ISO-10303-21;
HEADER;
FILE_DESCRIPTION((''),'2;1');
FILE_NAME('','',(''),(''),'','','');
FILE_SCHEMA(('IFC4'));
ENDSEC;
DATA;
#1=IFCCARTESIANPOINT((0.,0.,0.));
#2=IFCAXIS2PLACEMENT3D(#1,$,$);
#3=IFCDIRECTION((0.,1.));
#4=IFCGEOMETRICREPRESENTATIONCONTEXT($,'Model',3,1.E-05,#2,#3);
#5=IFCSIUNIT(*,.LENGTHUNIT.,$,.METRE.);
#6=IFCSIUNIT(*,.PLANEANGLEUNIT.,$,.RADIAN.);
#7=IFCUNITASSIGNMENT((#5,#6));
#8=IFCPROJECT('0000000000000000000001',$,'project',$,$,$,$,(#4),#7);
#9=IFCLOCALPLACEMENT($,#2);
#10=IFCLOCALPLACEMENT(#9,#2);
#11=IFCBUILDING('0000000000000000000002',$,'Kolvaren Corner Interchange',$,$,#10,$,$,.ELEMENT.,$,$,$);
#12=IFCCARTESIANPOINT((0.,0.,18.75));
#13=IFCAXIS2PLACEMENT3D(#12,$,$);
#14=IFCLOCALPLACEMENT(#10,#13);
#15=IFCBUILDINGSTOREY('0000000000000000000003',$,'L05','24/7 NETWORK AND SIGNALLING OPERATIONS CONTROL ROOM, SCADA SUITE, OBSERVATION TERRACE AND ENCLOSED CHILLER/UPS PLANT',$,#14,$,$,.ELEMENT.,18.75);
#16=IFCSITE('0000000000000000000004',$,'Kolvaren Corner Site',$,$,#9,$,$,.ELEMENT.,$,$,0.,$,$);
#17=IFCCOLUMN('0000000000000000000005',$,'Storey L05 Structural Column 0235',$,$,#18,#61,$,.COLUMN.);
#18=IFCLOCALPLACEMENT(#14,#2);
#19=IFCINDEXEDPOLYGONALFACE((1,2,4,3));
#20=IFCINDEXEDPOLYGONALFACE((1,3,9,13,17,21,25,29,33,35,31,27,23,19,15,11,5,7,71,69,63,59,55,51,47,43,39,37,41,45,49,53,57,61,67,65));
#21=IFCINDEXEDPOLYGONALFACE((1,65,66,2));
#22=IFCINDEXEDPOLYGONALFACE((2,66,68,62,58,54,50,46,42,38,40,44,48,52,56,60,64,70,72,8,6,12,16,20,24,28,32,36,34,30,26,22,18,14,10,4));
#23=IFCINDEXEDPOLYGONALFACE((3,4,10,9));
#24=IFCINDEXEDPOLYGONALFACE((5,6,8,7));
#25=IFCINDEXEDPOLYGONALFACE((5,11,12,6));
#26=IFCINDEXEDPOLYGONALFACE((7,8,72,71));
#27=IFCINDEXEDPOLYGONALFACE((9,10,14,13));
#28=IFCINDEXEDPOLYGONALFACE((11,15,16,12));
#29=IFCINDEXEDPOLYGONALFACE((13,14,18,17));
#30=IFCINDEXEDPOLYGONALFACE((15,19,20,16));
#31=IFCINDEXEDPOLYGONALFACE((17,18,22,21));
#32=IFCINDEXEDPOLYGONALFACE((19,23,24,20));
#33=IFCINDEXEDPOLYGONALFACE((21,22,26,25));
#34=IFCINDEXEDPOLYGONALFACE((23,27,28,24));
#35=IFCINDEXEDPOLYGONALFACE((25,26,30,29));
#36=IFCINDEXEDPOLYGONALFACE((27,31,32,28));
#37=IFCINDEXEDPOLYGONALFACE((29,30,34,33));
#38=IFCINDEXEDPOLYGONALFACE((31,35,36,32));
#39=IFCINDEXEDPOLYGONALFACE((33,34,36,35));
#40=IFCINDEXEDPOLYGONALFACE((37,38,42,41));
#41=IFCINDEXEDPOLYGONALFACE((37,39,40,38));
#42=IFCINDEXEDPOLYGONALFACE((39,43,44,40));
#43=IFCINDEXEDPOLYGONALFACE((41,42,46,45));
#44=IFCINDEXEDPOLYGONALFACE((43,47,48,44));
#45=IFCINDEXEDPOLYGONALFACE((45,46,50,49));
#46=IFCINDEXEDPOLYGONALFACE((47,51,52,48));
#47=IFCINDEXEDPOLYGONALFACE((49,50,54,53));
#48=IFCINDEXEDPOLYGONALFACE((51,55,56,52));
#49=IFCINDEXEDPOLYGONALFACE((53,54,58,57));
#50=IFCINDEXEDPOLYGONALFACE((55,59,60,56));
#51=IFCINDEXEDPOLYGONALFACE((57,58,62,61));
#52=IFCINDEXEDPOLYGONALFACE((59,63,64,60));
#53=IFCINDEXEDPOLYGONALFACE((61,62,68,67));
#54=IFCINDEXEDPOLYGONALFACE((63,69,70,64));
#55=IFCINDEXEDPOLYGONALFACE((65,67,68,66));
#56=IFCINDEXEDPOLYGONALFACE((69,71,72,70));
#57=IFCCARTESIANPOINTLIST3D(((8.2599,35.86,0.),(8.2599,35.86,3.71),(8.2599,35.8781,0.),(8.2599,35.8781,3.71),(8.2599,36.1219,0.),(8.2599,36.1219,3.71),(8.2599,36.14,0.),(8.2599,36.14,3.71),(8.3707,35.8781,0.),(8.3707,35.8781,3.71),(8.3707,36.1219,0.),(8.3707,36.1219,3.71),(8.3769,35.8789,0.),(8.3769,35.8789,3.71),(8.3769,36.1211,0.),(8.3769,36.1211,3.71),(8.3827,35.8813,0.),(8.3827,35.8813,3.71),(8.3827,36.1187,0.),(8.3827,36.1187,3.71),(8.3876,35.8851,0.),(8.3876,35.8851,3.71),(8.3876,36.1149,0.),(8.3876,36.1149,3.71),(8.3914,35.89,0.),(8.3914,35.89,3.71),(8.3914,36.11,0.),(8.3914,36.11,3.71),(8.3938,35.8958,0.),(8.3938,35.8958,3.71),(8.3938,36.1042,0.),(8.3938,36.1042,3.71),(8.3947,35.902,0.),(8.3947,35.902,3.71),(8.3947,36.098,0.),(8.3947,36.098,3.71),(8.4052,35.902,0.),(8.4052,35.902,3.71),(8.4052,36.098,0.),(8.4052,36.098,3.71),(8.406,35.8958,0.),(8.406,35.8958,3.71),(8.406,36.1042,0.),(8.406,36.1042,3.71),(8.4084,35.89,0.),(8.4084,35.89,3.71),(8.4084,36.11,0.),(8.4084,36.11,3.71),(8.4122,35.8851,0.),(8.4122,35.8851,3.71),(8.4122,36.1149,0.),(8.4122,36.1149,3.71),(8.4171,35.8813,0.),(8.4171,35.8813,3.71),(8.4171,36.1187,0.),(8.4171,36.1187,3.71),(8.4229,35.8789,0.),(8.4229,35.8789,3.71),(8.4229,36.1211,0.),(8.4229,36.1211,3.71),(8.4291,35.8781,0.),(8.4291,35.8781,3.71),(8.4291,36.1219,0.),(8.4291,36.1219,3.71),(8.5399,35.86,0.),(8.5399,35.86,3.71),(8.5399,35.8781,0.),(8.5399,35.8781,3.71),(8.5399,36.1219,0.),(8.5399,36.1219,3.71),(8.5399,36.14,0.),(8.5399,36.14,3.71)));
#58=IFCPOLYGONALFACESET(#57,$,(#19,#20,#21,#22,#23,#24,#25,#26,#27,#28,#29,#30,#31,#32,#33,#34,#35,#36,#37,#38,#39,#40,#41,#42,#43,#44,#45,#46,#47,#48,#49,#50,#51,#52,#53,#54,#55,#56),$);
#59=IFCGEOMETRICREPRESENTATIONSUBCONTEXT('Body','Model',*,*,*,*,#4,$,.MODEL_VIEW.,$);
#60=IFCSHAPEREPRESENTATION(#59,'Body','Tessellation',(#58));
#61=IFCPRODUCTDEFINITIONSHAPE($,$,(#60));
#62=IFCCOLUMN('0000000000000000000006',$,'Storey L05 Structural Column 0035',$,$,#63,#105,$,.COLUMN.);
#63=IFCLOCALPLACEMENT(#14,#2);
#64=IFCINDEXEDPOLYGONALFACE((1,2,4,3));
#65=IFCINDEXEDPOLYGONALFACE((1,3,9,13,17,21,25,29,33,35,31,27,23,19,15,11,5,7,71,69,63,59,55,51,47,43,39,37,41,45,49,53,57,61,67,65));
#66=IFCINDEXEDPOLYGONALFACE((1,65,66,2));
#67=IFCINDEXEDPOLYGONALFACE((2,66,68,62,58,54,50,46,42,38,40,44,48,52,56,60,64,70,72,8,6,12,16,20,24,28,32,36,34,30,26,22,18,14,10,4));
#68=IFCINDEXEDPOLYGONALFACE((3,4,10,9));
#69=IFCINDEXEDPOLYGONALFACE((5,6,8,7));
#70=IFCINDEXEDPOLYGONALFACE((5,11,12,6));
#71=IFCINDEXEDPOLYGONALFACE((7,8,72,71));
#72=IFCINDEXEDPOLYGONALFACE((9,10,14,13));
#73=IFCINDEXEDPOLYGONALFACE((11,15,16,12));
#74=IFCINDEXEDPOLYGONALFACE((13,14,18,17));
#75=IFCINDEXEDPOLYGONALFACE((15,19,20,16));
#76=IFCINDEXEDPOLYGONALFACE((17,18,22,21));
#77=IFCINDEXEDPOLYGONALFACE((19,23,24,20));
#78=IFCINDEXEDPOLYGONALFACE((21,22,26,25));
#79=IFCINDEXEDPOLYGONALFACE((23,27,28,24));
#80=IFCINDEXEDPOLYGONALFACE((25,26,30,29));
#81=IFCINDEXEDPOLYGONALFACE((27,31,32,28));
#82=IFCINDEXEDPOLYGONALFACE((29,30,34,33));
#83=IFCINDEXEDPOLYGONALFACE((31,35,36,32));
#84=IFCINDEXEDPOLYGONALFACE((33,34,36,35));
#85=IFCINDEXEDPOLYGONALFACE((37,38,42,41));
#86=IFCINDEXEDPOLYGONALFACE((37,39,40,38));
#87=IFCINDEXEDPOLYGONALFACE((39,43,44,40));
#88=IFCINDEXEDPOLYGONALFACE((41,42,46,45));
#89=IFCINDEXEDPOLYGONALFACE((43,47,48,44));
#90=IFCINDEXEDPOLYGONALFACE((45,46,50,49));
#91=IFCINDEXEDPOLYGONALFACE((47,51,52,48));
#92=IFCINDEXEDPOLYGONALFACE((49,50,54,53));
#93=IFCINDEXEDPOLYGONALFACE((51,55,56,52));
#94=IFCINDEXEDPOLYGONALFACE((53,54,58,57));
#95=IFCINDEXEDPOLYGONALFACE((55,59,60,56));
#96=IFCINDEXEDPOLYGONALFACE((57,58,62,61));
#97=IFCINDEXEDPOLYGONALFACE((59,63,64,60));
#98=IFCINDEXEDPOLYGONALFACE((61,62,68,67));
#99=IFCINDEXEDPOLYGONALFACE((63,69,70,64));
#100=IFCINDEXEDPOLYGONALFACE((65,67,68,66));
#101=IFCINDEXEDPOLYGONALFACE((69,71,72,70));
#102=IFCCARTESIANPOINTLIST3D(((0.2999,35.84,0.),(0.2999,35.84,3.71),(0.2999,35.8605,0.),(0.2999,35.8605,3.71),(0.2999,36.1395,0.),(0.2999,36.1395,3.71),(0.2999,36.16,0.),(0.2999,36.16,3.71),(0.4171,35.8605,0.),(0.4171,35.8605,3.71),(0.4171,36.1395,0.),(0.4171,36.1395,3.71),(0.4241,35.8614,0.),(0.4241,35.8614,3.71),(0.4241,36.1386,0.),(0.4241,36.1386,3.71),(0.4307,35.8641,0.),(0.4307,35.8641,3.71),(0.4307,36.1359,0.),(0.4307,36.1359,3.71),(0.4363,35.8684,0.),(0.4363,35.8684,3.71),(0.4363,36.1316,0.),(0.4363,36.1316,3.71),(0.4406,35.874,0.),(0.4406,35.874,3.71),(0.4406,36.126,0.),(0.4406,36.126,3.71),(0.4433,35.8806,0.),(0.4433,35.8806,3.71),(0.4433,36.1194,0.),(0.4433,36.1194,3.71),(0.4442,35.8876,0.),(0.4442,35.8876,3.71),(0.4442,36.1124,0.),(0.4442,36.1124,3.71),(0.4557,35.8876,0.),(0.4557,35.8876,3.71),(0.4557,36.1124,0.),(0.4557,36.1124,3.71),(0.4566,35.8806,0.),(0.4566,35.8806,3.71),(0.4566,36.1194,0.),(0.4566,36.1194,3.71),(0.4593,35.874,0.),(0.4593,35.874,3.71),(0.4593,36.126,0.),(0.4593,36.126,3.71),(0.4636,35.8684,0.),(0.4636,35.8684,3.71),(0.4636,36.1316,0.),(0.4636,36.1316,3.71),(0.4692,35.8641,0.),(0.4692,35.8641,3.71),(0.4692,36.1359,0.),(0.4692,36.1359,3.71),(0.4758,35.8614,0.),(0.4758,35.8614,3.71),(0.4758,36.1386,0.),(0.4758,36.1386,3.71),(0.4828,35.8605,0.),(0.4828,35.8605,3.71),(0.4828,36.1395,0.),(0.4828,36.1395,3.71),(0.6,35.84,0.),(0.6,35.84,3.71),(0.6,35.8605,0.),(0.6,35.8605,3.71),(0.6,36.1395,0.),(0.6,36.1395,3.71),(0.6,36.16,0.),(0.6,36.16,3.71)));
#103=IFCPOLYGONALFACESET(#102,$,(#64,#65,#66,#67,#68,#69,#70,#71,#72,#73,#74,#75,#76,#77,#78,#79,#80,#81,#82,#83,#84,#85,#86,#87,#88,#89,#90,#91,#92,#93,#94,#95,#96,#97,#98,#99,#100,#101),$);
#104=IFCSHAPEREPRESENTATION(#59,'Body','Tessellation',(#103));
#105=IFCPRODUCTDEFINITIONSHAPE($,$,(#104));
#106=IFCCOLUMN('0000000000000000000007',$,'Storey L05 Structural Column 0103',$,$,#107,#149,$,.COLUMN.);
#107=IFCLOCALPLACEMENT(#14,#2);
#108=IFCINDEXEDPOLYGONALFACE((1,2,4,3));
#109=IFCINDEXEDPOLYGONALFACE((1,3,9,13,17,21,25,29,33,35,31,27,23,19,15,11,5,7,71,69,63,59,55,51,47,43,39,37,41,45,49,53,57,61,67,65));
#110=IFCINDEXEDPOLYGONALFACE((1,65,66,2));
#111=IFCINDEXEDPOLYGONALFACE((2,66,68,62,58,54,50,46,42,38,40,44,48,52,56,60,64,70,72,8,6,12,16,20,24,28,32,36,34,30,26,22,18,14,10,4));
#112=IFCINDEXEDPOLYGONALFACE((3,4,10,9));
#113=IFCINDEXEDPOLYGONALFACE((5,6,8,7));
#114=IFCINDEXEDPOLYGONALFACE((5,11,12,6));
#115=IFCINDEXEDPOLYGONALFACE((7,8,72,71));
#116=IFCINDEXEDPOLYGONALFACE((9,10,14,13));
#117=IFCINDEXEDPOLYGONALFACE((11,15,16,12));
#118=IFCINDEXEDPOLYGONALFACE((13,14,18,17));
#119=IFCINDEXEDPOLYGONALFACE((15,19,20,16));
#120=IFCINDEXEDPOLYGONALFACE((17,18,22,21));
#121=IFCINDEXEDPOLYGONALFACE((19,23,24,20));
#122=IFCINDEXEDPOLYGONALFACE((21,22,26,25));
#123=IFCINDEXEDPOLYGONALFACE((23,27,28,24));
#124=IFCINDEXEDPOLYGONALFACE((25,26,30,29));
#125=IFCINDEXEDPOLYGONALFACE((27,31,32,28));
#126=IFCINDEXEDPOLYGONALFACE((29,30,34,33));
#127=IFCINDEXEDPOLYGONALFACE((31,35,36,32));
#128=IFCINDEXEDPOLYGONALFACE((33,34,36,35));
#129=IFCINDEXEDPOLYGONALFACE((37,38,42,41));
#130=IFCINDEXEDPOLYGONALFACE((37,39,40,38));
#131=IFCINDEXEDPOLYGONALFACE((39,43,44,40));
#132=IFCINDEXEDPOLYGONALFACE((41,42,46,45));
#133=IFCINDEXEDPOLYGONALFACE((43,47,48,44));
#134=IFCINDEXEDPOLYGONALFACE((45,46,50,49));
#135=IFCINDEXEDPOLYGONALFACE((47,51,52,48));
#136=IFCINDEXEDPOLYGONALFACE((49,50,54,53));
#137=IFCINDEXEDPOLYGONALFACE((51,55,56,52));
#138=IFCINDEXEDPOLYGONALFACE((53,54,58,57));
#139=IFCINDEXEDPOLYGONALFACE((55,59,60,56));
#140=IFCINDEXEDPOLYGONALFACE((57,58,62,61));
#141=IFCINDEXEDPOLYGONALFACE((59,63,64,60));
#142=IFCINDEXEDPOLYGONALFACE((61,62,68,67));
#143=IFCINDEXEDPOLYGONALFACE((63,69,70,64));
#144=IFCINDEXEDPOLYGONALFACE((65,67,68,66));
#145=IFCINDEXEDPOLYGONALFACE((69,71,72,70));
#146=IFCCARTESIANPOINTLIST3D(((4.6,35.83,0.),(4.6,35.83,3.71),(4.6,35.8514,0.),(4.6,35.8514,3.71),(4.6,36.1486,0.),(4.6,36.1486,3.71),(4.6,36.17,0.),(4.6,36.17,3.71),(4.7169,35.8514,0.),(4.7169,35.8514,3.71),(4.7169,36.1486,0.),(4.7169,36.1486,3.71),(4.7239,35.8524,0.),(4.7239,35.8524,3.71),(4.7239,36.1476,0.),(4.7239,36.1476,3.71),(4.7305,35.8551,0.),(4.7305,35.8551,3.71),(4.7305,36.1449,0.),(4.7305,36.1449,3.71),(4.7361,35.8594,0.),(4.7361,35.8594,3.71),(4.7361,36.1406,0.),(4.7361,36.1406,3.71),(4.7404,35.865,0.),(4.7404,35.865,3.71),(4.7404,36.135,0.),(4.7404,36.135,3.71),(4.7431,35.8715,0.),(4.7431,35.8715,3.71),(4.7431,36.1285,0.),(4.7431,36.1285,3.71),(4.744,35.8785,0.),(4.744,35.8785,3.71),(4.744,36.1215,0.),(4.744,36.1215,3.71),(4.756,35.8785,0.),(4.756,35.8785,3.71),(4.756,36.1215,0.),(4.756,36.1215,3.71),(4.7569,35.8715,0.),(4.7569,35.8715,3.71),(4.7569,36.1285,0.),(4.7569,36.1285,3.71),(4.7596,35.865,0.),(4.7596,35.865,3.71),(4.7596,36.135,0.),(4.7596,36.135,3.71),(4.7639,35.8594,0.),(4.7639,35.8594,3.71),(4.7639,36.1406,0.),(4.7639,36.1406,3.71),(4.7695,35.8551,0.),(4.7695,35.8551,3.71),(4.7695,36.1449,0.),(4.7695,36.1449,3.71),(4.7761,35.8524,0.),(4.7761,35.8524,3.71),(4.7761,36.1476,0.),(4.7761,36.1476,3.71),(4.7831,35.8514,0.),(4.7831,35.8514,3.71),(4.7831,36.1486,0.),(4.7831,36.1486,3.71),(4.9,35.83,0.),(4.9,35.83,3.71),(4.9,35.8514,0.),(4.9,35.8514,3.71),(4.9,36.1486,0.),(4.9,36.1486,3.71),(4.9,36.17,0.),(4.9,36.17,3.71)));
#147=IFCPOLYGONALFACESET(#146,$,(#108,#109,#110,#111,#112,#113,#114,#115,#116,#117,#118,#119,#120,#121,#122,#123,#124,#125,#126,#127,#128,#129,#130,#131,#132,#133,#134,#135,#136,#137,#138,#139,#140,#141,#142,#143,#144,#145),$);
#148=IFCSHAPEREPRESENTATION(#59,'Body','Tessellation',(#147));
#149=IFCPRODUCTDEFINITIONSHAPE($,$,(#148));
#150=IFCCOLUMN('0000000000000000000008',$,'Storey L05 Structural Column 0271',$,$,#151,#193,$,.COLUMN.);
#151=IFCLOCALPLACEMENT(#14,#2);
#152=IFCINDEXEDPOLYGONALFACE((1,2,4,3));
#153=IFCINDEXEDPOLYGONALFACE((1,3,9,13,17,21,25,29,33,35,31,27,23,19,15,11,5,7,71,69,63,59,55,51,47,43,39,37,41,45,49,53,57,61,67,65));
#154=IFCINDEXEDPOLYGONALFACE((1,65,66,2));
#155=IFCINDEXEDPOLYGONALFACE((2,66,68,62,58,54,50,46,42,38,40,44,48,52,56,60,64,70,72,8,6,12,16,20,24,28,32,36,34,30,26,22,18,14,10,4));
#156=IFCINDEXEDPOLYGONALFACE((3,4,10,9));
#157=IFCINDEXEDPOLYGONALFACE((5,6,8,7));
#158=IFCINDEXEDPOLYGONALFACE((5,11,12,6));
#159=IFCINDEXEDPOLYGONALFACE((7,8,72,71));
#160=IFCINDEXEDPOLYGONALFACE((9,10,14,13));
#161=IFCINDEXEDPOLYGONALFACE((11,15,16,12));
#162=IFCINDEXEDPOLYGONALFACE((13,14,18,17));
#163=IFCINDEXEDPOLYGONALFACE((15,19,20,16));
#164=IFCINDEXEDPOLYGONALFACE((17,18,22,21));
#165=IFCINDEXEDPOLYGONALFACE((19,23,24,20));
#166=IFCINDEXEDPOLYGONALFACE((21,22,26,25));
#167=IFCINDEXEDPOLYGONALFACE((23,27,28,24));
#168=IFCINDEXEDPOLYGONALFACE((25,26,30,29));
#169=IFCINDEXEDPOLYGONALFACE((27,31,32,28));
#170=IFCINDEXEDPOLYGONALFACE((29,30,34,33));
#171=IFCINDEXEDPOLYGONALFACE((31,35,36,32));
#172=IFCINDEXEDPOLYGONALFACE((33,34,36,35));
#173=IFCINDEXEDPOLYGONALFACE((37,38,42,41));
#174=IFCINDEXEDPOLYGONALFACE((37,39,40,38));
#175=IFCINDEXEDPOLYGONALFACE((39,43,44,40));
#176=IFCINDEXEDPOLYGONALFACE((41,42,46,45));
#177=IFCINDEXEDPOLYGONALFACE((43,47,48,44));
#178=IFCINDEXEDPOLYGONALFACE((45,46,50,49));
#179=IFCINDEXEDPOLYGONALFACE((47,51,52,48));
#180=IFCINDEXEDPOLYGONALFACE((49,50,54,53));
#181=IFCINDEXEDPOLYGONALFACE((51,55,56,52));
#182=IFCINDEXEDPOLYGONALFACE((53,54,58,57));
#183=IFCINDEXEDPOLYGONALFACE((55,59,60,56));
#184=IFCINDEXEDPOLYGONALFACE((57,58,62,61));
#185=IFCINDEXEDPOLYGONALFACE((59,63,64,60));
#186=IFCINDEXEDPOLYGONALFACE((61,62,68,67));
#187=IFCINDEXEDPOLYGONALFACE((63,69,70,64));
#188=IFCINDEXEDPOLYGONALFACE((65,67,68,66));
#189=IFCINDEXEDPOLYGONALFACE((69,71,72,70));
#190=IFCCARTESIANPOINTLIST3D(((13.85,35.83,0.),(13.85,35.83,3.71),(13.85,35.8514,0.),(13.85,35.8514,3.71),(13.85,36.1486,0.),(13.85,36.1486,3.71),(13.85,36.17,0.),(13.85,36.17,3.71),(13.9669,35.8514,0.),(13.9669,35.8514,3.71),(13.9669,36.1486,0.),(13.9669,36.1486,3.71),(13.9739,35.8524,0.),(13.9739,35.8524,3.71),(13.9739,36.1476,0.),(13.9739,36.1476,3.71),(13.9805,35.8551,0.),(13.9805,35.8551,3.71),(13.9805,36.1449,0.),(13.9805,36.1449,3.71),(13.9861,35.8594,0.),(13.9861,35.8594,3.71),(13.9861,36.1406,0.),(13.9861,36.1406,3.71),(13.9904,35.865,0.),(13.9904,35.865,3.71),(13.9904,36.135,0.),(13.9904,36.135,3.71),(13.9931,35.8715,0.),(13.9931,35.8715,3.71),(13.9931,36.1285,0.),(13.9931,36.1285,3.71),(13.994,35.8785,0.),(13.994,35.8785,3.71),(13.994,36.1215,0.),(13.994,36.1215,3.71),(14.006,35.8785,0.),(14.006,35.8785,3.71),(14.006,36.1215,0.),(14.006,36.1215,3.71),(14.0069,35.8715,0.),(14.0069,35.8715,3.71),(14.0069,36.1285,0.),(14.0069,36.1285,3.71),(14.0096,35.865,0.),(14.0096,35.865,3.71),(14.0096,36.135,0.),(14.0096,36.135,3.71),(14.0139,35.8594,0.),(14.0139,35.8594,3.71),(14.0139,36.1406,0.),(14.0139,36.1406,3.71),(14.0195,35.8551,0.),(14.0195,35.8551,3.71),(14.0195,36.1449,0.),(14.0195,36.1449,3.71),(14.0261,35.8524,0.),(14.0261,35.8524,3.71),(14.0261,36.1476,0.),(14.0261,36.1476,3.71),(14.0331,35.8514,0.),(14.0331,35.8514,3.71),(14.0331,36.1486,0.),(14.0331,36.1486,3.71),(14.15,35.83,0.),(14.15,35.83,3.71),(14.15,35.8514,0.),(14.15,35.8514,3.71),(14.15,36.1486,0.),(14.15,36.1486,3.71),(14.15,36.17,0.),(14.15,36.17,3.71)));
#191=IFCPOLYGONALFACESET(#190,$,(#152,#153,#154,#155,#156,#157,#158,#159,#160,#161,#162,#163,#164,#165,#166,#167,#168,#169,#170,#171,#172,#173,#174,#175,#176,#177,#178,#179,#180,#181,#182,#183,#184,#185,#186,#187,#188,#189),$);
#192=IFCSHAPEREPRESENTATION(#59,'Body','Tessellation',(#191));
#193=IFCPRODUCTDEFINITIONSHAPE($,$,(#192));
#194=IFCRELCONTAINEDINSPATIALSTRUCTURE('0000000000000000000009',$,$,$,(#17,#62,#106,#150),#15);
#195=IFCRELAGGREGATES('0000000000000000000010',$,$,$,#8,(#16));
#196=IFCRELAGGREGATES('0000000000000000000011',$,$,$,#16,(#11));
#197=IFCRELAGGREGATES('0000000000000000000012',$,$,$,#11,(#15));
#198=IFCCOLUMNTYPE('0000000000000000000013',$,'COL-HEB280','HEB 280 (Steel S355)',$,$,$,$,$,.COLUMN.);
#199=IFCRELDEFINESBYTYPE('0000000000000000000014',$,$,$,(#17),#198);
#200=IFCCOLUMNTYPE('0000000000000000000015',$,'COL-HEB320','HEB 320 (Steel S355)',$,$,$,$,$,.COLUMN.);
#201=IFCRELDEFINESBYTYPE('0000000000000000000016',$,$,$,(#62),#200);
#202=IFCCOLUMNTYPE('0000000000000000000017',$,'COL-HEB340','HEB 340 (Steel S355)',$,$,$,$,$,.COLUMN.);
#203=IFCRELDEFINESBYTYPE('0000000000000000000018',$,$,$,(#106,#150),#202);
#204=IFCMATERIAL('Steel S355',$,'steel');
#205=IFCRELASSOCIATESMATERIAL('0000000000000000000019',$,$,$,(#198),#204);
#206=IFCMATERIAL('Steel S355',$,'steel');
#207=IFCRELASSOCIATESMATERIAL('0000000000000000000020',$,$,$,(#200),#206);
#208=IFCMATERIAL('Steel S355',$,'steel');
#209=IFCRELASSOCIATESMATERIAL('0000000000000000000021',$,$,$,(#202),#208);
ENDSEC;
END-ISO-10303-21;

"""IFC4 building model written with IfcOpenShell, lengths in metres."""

from ifc_helpers import new_model, si_unit, direction, frame, origin, origin_2d, place, context, subcontext, project, spatial, i_section, extrude, material, material_profile, profile_set, type_object, element, save


model = new_model("IFC4")

# Units and contexts
model_context = context("Model", 3, precision=1e-05, world=origin(), true_north=direction((0.0, 1.0)))
body_context = subcontext(model_context, "Body", "Model", "MODEL_VIEW")
ifc_project = project(units=[si_unit("LENGTHUNIT", "METRE"), si_unit("PLANEANGLEUNIT", "RADIAN")], contexts=[model_context])

# Site, building, storey
site_placement = place(None, origin())
site = spatial("IfcSite", under=ifc_project, at=site_placement, Name="Kolvaren Corner Site", CompositionType="ELEMENT", RefElevation=0.0)
building_placement = place(site_placement, origin())
building = spatial("IfcBuilding", under=site, at=building_placement, Name="Kolvaren Corner Interchange", CompositionType="ELEMENT")
storey_placement = place(building_placement, frame((0.0, 0.0, 18.75)))
storey = spatial("IfcBuildingStorey", under=building, at=storey_placement, Name="L05", Description="24/7 NETWORK AND SIGNALLING OPERATIONS CONTROL ROOM, SCADA SUITE, OBSERVATION TERRACE AND ENCLOSED CHILLER/UPS PLANT", CompositionType="ELEMENT", Elevation=18.75)

# Columns
ifc_material_1 = material(Name="Steel S355", Category="steel")
ifc_material_profile_1 = material_profile(ifc_material_1, i_section(OverallWidth=0.28, OverallDepth=0.28, WebThickness=0.0105, FlangeThickness=0.0181, FilletRadius=0.0239, at=origin_2d()), Name="HEB 280")
ifc_profile_set_1 = profile_set([ifc_material_profile_1], Name="Steel S355")
column_type_1 = type_object("IfcColumnType", Name="COL-HEB280", Description="HEB 280 (Steel S355)", PredefinedType="COLUMN", material=ifc_profile_set_1)
column_1_placement = place(storey_placement, frame((8.3999, 36.0, 0.0), z_axis=(0.0, 0.0, 1.0), x_axis=(1.0, 0.0, 0.0)))
element("IfcColumn", 1, at=column_1_placement, inside=storey, type_object=column_type_1, Name="Storey L05 Structural Column 0235", PredefinedType="COLUMN", context=body_context, shape_type="SweptSolid", body=[
    extrude(i_section(OverallWidth=0.28, OverallDepth=0.28, WebThickness=0.0105, FlangeThickness=0.0181, FilletRadius=0.0239, at=origin_2d()), origin(), (0.0, 0.0, 1.0), 3.71),
])
ifc_material_2 = material(Name="Steel S355", Category="steel")
ifc_material_profile_2 = material_profile(ifc_material_2, i_section(OverallWidth=0.3, OverallDepth=0.3201, WebThickness=0.0115, FlangeThickness=0.0205, FilletRadius=0.0271, at=origin_2d()), Name="HEB 320")
ifc_profile_set_2 = profile_set([ifc_material_profile_2], Name="Steel S355")
column_type_2 = type_object("IfcColumnType", Name="COL-HEB320", Description="HEB 320 (Steel S355)", PredefinedType="COLUMN", material=ifc_profile_set_2)
column_2_placement = place(storey_placement, frame((0.45, 36.0, 0.0), z_axis=(0.0, 0.0, 1.0), x_axis=(1.0, 0.0, 0.0)))
element("IfcColumn", 2, at=column_2_placement, inside=storey, type_object=column_type_2, Name="Storey L05 Structural Column 0035", PredefinedType="COLUMN", context=body_context, shape_type="SweptSolid", body=[
    extrude(i_section(OverallWidth=0.3, OverallDepth=0.3201, WebThickness=0.0115, FlangeThickness=0.0205, FilletRadius=0.0271, at=origin_2d()), origin(), (0.0, 0.0, 1.0), 3.71),
])
ifc_material_3 = material(Name="Steel S355", Category="steel")
ifc_material_profile_3 = material_profile(ifc_material_3, i_section(OverallWidth=0.3, OverallDepth=0.3401, WebThickness=0.012, FlangeThickness=0.0215, FilletRadius=0.0271, at=origin_2d()), Name="HEB 340")
ifc_profile_set_3 = profile_set([ifc_material_profile_3], Name="Steel S355")
column_type_3 = type_object("IfcColumnType", Name="COL-HEB340", Description="HEB 340 (Steel S355)", PredefinedType="COLUMN", material=ifc_profile_set_3)
for number, where, z_axis, x_axis, name in (
    (3, (4.75, 36.0, 0.0), (0.0, 0.0, 1.0), (1.0, 0.0, 0.0), "Storey L05 Structural Column 0103"),
    (4, (14.0, 36.0, 0.0), (0.0, 0.0, 1.0), (1.0, 0.0, 0.0), "Storey L05 Structural Column 0271"),
):
    element("IfcColumn", number, at=place(storey_placement, frame(where, z_axis=z_axis, x_axis=x_axis)), inside=storey, type_object=column_type_3, Name=name, PredefinedType="COLUMN", context=body_context, shape_type="SweptSolid", body=[
        extrude(i_section(OverallWidth=0.3, OverallDepth=0.3401, WebThickness=0.012, FlangeThickness=0.0215, FilletRadius=0.0271, at=origin_2d()), origin(), (0.0, 0.0, 1.0), 3.71),
    ])

save(model, "model.ifc")
